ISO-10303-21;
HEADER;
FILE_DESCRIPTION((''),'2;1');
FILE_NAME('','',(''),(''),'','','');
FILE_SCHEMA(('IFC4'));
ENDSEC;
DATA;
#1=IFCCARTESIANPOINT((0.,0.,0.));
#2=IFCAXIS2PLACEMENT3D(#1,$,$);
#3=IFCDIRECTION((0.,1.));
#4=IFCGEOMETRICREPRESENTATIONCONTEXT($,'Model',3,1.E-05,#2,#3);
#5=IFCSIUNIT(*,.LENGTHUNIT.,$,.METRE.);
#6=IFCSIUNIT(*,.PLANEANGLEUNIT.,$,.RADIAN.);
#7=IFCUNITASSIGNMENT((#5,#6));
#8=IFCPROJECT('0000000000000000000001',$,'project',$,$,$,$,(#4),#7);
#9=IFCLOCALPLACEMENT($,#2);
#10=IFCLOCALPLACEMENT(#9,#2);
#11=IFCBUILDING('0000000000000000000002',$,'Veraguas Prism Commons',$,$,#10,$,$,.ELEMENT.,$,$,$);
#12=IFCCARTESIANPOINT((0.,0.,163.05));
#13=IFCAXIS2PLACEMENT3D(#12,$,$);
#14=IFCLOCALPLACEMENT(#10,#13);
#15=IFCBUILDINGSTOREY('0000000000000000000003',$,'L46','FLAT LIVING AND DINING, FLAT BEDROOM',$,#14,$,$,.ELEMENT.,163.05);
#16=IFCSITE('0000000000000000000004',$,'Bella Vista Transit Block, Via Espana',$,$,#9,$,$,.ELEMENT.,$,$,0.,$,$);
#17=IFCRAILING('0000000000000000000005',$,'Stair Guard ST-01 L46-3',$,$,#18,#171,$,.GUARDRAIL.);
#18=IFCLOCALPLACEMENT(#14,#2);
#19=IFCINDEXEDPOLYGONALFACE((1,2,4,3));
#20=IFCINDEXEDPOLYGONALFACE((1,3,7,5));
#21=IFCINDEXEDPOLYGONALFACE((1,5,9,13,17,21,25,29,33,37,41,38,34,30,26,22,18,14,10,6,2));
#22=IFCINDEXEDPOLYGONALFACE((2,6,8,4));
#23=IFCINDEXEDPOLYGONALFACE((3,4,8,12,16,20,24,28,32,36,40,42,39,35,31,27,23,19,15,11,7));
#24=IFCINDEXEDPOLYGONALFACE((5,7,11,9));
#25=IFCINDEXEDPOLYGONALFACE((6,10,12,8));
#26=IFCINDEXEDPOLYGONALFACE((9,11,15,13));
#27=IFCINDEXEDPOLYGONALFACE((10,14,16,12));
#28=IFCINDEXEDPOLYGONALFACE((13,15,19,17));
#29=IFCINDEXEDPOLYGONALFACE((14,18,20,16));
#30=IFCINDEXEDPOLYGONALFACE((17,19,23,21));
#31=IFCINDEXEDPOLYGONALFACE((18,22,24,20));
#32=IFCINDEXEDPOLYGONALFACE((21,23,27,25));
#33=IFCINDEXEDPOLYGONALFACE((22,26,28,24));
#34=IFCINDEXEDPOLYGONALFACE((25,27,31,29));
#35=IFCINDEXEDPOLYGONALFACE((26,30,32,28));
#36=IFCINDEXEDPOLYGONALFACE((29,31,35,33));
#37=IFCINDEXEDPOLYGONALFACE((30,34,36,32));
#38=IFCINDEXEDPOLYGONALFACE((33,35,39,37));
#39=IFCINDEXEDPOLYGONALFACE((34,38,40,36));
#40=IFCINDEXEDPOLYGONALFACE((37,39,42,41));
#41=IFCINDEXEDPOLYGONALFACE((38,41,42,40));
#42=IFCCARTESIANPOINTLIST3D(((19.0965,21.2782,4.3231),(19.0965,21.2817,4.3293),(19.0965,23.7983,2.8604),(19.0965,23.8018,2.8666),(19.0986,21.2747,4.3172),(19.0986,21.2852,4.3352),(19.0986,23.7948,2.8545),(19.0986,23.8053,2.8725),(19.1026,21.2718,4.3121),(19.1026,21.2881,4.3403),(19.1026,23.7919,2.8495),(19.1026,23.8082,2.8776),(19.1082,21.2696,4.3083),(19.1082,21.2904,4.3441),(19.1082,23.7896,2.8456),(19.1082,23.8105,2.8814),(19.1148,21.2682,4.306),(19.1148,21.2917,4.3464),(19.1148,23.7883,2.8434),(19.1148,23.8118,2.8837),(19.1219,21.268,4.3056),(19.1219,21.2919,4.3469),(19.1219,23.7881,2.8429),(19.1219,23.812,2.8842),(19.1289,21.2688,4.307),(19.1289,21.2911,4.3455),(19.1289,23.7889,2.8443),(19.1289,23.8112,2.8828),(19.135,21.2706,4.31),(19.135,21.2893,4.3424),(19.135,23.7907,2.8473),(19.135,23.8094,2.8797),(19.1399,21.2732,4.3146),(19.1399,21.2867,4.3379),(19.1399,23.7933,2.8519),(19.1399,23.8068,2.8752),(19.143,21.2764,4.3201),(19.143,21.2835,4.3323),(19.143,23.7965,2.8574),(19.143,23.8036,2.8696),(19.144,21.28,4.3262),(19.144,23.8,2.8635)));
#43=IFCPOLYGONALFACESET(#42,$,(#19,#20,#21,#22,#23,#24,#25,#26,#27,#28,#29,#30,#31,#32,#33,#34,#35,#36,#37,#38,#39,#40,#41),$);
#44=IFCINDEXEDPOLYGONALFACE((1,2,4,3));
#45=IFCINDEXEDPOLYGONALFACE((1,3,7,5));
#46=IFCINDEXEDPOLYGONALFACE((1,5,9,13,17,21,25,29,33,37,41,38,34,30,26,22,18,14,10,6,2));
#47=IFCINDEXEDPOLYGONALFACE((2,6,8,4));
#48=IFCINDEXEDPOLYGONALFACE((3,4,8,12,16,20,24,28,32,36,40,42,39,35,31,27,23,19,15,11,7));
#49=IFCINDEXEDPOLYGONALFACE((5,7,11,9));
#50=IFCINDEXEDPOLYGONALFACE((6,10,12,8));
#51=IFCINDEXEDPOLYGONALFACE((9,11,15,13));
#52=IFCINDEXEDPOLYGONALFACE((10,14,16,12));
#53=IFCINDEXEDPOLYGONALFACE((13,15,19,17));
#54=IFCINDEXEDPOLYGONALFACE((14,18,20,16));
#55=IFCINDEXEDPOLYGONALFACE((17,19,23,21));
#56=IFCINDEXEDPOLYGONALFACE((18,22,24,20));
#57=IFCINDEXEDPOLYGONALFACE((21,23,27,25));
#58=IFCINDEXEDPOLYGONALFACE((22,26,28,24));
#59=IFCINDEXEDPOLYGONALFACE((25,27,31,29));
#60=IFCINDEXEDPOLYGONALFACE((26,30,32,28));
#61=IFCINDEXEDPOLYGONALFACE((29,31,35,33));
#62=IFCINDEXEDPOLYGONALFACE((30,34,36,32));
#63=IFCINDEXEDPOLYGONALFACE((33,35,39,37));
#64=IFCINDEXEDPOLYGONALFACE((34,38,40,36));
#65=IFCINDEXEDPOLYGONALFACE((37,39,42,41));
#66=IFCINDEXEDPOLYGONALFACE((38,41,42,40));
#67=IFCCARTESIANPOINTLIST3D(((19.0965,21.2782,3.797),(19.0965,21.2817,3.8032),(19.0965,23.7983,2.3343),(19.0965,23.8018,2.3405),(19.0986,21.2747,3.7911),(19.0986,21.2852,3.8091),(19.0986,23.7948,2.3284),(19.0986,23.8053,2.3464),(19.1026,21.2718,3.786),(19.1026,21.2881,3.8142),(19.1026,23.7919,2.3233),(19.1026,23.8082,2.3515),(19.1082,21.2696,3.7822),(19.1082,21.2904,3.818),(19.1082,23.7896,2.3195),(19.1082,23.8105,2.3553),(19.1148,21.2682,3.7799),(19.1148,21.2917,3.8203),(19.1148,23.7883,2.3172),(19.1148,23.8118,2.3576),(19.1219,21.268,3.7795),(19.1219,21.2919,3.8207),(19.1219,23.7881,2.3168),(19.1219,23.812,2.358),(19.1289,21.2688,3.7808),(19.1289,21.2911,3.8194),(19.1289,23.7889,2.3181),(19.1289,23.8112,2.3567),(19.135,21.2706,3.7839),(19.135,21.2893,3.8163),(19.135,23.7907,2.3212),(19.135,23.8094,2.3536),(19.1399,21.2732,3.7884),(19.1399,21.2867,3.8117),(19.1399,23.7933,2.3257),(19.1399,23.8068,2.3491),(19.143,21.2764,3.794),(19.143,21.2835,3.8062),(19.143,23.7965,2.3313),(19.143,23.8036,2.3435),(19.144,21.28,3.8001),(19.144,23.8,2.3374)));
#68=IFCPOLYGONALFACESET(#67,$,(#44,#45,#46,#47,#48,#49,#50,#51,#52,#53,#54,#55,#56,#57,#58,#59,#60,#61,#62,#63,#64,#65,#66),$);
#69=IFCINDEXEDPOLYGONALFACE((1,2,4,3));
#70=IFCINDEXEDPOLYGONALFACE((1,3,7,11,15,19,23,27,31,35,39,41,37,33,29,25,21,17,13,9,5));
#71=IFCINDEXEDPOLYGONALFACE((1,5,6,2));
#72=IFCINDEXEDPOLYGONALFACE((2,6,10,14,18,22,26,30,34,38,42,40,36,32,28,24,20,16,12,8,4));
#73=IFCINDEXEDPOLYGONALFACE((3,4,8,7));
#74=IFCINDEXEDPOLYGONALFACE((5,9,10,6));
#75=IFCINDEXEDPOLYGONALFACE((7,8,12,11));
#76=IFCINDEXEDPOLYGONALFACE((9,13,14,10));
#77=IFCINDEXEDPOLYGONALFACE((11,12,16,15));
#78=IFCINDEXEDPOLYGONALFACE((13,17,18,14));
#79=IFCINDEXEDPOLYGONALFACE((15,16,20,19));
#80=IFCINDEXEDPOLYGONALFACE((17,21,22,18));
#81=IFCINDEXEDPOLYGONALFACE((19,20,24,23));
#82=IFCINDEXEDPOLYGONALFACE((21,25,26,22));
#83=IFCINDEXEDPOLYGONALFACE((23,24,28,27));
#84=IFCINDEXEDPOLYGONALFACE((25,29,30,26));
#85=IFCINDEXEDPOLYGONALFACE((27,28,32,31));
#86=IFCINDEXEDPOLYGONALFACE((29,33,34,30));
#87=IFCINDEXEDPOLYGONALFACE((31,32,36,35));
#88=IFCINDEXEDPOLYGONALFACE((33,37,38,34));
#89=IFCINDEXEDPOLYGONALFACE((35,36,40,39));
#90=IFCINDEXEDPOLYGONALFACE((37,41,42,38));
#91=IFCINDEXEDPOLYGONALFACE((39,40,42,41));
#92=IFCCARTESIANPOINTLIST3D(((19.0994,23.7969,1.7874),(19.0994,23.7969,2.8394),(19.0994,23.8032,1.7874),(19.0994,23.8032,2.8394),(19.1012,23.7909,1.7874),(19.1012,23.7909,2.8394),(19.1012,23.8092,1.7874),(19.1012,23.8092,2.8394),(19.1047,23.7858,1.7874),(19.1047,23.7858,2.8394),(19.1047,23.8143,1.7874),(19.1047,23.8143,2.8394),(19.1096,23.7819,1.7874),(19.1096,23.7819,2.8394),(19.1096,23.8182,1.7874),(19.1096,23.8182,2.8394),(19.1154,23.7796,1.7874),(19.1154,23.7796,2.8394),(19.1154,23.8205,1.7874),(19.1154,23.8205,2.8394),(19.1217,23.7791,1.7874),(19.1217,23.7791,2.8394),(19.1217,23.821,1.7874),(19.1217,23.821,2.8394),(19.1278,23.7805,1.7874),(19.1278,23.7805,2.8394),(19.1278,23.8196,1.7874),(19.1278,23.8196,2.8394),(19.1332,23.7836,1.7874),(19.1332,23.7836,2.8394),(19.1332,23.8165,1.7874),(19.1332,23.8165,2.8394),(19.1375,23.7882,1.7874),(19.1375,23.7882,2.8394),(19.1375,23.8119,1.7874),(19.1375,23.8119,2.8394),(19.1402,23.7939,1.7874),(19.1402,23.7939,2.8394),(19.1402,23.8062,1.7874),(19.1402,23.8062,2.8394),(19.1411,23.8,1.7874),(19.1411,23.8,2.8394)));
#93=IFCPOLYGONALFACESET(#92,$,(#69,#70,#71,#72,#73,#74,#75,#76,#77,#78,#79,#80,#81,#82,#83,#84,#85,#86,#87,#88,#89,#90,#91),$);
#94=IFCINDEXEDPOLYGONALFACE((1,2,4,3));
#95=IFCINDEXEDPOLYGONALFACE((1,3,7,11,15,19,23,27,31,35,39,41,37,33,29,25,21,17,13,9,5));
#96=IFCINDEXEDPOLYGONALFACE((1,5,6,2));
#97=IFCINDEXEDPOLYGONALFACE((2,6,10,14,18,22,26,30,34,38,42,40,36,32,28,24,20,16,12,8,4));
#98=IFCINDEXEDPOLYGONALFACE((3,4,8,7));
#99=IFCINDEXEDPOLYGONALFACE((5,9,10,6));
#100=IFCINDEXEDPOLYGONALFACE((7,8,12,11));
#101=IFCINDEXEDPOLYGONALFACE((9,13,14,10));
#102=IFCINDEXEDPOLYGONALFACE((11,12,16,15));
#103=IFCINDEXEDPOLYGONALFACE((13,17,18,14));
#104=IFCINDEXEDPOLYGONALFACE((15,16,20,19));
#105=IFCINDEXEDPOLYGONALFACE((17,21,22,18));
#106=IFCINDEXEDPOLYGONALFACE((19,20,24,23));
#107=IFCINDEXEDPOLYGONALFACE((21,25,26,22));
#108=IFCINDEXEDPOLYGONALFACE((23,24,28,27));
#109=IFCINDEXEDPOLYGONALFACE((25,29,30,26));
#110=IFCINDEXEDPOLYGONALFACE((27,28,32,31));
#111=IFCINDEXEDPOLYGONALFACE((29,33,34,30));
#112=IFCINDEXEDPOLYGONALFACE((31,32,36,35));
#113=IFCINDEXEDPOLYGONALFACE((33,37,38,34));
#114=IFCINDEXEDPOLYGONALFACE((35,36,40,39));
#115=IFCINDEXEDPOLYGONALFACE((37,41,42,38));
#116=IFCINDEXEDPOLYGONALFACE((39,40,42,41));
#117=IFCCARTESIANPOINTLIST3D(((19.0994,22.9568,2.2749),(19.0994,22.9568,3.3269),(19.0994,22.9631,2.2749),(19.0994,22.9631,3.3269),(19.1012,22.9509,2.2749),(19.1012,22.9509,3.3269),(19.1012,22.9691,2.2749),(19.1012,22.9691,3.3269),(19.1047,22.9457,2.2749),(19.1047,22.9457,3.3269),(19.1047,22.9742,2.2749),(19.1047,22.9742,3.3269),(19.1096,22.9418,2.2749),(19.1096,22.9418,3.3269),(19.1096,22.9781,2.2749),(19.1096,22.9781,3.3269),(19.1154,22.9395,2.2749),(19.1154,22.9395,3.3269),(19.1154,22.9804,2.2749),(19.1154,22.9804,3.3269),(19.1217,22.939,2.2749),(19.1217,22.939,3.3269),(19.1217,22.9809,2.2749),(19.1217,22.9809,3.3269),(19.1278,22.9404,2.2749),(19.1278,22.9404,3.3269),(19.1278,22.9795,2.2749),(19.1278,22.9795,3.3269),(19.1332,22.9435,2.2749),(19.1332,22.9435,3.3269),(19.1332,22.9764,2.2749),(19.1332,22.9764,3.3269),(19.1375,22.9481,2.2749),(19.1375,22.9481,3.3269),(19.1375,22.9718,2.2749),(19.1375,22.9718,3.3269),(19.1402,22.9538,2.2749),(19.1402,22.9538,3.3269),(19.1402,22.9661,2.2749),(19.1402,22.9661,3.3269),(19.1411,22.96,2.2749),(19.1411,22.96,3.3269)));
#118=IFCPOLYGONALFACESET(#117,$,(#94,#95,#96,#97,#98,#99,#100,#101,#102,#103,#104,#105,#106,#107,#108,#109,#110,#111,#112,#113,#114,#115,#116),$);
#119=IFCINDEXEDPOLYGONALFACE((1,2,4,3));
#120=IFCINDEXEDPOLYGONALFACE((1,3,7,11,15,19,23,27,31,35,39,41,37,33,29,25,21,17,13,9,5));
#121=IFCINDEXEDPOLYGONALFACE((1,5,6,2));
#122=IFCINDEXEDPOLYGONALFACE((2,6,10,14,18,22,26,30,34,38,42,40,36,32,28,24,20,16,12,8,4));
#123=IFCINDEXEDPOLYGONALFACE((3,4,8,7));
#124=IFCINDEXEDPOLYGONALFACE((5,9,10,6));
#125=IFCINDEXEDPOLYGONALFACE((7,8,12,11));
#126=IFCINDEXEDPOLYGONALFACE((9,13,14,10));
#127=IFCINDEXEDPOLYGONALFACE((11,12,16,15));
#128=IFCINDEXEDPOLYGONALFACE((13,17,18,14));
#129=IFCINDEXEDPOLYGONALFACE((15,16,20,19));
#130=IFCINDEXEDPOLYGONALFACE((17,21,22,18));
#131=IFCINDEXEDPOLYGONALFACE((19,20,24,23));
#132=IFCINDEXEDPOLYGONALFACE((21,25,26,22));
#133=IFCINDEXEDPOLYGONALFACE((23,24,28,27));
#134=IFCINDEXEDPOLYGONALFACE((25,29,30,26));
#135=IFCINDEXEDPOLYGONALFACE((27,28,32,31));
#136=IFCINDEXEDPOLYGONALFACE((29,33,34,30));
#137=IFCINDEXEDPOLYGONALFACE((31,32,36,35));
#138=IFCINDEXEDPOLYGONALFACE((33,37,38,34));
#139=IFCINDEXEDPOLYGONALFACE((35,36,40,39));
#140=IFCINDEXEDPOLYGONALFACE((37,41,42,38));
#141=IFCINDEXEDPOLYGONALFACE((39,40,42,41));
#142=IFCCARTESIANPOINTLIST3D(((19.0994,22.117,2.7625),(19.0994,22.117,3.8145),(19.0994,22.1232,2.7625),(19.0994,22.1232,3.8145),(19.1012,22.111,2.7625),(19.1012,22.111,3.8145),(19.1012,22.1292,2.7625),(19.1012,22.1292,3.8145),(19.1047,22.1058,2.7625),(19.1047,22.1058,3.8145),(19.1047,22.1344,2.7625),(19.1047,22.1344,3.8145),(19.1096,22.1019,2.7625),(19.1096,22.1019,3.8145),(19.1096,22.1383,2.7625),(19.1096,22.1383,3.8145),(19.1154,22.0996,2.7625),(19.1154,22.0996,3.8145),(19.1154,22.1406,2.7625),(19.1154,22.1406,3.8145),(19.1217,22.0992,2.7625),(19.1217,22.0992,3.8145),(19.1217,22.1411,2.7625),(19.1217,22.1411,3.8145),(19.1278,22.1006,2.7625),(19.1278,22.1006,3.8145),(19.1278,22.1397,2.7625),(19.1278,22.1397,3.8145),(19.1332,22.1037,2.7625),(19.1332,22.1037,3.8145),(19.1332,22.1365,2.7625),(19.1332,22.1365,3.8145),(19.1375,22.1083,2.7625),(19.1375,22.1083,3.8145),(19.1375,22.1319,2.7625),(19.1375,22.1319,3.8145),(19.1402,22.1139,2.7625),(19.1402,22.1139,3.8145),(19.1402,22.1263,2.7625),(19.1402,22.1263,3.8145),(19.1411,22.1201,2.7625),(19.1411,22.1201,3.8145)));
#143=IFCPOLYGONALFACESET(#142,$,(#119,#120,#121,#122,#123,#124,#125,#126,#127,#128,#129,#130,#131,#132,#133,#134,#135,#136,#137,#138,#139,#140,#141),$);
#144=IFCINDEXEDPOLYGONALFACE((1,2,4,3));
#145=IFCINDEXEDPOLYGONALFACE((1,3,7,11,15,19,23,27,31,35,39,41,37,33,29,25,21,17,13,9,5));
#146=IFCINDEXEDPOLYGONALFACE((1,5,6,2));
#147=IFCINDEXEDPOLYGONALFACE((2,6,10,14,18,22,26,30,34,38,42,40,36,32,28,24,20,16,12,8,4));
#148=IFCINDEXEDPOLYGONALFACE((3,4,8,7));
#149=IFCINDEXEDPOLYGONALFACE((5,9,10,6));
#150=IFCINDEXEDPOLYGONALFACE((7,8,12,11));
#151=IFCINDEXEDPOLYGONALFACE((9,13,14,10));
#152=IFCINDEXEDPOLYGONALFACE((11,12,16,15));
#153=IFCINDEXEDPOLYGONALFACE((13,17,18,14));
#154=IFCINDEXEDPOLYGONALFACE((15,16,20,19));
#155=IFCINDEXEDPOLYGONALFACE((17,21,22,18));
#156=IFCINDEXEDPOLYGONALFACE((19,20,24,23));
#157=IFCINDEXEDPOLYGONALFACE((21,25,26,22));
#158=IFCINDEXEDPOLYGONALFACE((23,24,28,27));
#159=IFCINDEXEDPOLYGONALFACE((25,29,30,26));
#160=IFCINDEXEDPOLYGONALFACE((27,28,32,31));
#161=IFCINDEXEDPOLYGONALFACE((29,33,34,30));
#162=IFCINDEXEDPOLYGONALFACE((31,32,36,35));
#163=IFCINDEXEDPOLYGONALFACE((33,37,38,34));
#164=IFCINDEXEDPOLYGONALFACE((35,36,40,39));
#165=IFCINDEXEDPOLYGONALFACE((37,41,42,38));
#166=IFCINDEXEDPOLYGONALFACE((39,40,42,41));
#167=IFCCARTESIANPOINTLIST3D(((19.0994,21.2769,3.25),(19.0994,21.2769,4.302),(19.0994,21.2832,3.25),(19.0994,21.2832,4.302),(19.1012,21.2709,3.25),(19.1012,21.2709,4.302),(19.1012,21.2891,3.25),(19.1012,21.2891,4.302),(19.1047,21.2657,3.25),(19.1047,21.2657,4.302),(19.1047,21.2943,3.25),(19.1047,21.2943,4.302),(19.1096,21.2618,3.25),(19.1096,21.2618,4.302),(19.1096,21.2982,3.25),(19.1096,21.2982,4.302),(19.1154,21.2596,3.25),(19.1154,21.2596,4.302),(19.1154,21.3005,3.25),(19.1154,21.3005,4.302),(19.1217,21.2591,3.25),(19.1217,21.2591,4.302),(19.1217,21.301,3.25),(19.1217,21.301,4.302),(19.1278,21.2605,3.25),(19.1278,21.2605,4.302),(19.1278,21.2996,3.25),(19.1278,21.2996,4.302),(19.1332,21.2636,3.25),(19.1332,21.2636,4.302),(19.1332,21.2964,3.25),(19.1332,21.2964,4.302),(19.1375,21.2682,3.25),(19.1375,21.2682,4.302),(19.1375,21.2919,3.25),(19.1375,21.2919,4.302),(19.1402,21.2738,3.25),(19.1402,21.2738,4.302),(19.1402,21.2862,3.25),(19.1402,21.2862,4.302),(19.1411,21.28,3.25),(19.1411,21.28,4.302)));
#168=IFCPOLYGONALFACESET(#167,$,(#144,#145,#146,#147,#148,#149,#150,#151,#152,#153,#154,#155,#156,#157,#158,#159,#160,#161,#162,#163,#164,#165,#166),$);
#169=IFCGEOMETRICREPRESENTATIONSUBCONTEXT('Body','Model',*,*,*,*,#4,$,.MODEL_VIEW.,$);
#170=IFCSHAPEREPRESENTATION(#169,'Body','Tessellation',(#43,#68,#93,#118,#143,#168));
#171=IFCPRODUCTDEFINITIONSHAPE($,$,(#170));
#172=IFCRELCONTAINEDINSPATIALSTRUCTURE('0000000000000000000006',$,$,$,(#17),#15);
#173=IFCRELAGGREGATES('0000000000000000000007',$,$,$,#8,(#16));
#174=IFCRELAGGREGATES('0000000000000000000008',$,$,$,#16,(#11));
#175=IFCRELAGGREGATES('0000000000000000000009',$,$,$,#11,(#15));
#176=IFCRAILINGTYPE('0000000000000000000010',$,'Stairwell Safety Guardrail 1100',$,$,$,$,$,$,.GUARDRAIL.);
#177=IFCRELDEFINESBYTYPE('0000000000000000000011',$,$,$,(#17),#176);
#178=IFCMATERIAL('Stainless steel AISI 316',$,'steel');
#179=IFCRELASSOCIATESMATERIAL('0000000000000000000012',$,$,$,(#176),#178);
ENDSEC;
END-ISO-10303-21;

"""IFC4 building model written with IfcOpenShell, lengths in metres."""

from ifc_helpers import new_model, si_unit, direction, frame, origin, origin_2d, place, context, subcontext, project, spatial, circle, extrude, material, type_object, element, save


model = new_model("IFC4")

# Units and contexts
model_context = context("Model", 3, precision=1e-05, world=origin(), true_north=direction((0.0, 1.0)))
body_context = subcontext(model_context, "Body", "Model", "MODEL_VIEW")
ifc_project = project(units=[si_unit("LENGTHUNIT", "METRE"), si_unit("PLANEANGLEUNIT", "RADIAN")], contexts=[model_context])

# Site, building, storey
site_placement = place(None, origin())
site = spatial("IfcSite", under=ifc_project, at=site_placement, Name="Bella Vista Transit Block, Via Espana", CompositionType="ELEMENT", RefElevation=0.0)
building_placement = place(site_placement, origin())
building = spatial("IfcBuilding", under=site, at=building_placement, Name="Veraguas Prism Commons", CompositionType="ELEMENT")
storey_placement = place(building_placement, frame((0.0, 0.0, 163.05)))
storey = spatial("IfcBuildingStorey", under=building, at=storey_placement, Name="L46", Description="FLAT LIVING AND DINING, FLAT BEDROOM", CompositionType="ELEMENT", Elevation=163.05)

# Railing
ifc_material_1 = material(Name="Stainless steel AISI 316", Category="steel")
railing_type_1 = type_object("IfcRailingType", Name="Stairwell Safety Guardrail 1100", PredefinedType="GUARDRAIL", material=ifc_material_1)
railing_1_placement = place(storey_placement, frame((19.1201, 23.8, 1.7874)))
element("IfcRailing", 1, at=railing_1_placement, inside=storey, type_object=railing_type_1, Name="Stair Guard ST-01 L46-3", PredefinedType="GUARDRAIL", context=body_context, shape_type="SweptSolid", body=[
    extrude(circle(Radius=0.0239, at=origin_2d()), frame((0.0, 0.0, 1.0762), z_axis=(0.0, -0.864877, 0.501984), x_axis=(1.0, 0.0, 0.0)), (0.0, 0.0, 1.0), 2.9138),
    extrude(circle(Radius=0.0239, at=origin_2d()), frame((0.0, 0.0, 0.55), z_axis=(0.0, -0.864877, 0.501984), x_axis=(1.0, 0.0, 0.0)), (0.0, 0.0, 1.0), 2.9138),
    extrude(circle(Radius=0.021, at=origin_2d()), origin(), (0.0, 0.0, 1.0), 1.052),
    extrude(circle(Radius=0.021, at=origin_2d()), frame((0.0, -0.8401, 0.4875)), (0.0, 0.0, 1.0), 1.052),
    extrude(circle(Radius=0.021, at=origin_2d()), frame((0.0, -1.6799, 0.9751)), (0.0, 0.0, 1.0), 1.052),
    extrude(circle(Radius=0.021, at=origin_2d()), frame((0.0, -2.52, 1.4626)), (0.0, 0.0, 1.0), 1.052),
])

save(model, "model.ifc")
